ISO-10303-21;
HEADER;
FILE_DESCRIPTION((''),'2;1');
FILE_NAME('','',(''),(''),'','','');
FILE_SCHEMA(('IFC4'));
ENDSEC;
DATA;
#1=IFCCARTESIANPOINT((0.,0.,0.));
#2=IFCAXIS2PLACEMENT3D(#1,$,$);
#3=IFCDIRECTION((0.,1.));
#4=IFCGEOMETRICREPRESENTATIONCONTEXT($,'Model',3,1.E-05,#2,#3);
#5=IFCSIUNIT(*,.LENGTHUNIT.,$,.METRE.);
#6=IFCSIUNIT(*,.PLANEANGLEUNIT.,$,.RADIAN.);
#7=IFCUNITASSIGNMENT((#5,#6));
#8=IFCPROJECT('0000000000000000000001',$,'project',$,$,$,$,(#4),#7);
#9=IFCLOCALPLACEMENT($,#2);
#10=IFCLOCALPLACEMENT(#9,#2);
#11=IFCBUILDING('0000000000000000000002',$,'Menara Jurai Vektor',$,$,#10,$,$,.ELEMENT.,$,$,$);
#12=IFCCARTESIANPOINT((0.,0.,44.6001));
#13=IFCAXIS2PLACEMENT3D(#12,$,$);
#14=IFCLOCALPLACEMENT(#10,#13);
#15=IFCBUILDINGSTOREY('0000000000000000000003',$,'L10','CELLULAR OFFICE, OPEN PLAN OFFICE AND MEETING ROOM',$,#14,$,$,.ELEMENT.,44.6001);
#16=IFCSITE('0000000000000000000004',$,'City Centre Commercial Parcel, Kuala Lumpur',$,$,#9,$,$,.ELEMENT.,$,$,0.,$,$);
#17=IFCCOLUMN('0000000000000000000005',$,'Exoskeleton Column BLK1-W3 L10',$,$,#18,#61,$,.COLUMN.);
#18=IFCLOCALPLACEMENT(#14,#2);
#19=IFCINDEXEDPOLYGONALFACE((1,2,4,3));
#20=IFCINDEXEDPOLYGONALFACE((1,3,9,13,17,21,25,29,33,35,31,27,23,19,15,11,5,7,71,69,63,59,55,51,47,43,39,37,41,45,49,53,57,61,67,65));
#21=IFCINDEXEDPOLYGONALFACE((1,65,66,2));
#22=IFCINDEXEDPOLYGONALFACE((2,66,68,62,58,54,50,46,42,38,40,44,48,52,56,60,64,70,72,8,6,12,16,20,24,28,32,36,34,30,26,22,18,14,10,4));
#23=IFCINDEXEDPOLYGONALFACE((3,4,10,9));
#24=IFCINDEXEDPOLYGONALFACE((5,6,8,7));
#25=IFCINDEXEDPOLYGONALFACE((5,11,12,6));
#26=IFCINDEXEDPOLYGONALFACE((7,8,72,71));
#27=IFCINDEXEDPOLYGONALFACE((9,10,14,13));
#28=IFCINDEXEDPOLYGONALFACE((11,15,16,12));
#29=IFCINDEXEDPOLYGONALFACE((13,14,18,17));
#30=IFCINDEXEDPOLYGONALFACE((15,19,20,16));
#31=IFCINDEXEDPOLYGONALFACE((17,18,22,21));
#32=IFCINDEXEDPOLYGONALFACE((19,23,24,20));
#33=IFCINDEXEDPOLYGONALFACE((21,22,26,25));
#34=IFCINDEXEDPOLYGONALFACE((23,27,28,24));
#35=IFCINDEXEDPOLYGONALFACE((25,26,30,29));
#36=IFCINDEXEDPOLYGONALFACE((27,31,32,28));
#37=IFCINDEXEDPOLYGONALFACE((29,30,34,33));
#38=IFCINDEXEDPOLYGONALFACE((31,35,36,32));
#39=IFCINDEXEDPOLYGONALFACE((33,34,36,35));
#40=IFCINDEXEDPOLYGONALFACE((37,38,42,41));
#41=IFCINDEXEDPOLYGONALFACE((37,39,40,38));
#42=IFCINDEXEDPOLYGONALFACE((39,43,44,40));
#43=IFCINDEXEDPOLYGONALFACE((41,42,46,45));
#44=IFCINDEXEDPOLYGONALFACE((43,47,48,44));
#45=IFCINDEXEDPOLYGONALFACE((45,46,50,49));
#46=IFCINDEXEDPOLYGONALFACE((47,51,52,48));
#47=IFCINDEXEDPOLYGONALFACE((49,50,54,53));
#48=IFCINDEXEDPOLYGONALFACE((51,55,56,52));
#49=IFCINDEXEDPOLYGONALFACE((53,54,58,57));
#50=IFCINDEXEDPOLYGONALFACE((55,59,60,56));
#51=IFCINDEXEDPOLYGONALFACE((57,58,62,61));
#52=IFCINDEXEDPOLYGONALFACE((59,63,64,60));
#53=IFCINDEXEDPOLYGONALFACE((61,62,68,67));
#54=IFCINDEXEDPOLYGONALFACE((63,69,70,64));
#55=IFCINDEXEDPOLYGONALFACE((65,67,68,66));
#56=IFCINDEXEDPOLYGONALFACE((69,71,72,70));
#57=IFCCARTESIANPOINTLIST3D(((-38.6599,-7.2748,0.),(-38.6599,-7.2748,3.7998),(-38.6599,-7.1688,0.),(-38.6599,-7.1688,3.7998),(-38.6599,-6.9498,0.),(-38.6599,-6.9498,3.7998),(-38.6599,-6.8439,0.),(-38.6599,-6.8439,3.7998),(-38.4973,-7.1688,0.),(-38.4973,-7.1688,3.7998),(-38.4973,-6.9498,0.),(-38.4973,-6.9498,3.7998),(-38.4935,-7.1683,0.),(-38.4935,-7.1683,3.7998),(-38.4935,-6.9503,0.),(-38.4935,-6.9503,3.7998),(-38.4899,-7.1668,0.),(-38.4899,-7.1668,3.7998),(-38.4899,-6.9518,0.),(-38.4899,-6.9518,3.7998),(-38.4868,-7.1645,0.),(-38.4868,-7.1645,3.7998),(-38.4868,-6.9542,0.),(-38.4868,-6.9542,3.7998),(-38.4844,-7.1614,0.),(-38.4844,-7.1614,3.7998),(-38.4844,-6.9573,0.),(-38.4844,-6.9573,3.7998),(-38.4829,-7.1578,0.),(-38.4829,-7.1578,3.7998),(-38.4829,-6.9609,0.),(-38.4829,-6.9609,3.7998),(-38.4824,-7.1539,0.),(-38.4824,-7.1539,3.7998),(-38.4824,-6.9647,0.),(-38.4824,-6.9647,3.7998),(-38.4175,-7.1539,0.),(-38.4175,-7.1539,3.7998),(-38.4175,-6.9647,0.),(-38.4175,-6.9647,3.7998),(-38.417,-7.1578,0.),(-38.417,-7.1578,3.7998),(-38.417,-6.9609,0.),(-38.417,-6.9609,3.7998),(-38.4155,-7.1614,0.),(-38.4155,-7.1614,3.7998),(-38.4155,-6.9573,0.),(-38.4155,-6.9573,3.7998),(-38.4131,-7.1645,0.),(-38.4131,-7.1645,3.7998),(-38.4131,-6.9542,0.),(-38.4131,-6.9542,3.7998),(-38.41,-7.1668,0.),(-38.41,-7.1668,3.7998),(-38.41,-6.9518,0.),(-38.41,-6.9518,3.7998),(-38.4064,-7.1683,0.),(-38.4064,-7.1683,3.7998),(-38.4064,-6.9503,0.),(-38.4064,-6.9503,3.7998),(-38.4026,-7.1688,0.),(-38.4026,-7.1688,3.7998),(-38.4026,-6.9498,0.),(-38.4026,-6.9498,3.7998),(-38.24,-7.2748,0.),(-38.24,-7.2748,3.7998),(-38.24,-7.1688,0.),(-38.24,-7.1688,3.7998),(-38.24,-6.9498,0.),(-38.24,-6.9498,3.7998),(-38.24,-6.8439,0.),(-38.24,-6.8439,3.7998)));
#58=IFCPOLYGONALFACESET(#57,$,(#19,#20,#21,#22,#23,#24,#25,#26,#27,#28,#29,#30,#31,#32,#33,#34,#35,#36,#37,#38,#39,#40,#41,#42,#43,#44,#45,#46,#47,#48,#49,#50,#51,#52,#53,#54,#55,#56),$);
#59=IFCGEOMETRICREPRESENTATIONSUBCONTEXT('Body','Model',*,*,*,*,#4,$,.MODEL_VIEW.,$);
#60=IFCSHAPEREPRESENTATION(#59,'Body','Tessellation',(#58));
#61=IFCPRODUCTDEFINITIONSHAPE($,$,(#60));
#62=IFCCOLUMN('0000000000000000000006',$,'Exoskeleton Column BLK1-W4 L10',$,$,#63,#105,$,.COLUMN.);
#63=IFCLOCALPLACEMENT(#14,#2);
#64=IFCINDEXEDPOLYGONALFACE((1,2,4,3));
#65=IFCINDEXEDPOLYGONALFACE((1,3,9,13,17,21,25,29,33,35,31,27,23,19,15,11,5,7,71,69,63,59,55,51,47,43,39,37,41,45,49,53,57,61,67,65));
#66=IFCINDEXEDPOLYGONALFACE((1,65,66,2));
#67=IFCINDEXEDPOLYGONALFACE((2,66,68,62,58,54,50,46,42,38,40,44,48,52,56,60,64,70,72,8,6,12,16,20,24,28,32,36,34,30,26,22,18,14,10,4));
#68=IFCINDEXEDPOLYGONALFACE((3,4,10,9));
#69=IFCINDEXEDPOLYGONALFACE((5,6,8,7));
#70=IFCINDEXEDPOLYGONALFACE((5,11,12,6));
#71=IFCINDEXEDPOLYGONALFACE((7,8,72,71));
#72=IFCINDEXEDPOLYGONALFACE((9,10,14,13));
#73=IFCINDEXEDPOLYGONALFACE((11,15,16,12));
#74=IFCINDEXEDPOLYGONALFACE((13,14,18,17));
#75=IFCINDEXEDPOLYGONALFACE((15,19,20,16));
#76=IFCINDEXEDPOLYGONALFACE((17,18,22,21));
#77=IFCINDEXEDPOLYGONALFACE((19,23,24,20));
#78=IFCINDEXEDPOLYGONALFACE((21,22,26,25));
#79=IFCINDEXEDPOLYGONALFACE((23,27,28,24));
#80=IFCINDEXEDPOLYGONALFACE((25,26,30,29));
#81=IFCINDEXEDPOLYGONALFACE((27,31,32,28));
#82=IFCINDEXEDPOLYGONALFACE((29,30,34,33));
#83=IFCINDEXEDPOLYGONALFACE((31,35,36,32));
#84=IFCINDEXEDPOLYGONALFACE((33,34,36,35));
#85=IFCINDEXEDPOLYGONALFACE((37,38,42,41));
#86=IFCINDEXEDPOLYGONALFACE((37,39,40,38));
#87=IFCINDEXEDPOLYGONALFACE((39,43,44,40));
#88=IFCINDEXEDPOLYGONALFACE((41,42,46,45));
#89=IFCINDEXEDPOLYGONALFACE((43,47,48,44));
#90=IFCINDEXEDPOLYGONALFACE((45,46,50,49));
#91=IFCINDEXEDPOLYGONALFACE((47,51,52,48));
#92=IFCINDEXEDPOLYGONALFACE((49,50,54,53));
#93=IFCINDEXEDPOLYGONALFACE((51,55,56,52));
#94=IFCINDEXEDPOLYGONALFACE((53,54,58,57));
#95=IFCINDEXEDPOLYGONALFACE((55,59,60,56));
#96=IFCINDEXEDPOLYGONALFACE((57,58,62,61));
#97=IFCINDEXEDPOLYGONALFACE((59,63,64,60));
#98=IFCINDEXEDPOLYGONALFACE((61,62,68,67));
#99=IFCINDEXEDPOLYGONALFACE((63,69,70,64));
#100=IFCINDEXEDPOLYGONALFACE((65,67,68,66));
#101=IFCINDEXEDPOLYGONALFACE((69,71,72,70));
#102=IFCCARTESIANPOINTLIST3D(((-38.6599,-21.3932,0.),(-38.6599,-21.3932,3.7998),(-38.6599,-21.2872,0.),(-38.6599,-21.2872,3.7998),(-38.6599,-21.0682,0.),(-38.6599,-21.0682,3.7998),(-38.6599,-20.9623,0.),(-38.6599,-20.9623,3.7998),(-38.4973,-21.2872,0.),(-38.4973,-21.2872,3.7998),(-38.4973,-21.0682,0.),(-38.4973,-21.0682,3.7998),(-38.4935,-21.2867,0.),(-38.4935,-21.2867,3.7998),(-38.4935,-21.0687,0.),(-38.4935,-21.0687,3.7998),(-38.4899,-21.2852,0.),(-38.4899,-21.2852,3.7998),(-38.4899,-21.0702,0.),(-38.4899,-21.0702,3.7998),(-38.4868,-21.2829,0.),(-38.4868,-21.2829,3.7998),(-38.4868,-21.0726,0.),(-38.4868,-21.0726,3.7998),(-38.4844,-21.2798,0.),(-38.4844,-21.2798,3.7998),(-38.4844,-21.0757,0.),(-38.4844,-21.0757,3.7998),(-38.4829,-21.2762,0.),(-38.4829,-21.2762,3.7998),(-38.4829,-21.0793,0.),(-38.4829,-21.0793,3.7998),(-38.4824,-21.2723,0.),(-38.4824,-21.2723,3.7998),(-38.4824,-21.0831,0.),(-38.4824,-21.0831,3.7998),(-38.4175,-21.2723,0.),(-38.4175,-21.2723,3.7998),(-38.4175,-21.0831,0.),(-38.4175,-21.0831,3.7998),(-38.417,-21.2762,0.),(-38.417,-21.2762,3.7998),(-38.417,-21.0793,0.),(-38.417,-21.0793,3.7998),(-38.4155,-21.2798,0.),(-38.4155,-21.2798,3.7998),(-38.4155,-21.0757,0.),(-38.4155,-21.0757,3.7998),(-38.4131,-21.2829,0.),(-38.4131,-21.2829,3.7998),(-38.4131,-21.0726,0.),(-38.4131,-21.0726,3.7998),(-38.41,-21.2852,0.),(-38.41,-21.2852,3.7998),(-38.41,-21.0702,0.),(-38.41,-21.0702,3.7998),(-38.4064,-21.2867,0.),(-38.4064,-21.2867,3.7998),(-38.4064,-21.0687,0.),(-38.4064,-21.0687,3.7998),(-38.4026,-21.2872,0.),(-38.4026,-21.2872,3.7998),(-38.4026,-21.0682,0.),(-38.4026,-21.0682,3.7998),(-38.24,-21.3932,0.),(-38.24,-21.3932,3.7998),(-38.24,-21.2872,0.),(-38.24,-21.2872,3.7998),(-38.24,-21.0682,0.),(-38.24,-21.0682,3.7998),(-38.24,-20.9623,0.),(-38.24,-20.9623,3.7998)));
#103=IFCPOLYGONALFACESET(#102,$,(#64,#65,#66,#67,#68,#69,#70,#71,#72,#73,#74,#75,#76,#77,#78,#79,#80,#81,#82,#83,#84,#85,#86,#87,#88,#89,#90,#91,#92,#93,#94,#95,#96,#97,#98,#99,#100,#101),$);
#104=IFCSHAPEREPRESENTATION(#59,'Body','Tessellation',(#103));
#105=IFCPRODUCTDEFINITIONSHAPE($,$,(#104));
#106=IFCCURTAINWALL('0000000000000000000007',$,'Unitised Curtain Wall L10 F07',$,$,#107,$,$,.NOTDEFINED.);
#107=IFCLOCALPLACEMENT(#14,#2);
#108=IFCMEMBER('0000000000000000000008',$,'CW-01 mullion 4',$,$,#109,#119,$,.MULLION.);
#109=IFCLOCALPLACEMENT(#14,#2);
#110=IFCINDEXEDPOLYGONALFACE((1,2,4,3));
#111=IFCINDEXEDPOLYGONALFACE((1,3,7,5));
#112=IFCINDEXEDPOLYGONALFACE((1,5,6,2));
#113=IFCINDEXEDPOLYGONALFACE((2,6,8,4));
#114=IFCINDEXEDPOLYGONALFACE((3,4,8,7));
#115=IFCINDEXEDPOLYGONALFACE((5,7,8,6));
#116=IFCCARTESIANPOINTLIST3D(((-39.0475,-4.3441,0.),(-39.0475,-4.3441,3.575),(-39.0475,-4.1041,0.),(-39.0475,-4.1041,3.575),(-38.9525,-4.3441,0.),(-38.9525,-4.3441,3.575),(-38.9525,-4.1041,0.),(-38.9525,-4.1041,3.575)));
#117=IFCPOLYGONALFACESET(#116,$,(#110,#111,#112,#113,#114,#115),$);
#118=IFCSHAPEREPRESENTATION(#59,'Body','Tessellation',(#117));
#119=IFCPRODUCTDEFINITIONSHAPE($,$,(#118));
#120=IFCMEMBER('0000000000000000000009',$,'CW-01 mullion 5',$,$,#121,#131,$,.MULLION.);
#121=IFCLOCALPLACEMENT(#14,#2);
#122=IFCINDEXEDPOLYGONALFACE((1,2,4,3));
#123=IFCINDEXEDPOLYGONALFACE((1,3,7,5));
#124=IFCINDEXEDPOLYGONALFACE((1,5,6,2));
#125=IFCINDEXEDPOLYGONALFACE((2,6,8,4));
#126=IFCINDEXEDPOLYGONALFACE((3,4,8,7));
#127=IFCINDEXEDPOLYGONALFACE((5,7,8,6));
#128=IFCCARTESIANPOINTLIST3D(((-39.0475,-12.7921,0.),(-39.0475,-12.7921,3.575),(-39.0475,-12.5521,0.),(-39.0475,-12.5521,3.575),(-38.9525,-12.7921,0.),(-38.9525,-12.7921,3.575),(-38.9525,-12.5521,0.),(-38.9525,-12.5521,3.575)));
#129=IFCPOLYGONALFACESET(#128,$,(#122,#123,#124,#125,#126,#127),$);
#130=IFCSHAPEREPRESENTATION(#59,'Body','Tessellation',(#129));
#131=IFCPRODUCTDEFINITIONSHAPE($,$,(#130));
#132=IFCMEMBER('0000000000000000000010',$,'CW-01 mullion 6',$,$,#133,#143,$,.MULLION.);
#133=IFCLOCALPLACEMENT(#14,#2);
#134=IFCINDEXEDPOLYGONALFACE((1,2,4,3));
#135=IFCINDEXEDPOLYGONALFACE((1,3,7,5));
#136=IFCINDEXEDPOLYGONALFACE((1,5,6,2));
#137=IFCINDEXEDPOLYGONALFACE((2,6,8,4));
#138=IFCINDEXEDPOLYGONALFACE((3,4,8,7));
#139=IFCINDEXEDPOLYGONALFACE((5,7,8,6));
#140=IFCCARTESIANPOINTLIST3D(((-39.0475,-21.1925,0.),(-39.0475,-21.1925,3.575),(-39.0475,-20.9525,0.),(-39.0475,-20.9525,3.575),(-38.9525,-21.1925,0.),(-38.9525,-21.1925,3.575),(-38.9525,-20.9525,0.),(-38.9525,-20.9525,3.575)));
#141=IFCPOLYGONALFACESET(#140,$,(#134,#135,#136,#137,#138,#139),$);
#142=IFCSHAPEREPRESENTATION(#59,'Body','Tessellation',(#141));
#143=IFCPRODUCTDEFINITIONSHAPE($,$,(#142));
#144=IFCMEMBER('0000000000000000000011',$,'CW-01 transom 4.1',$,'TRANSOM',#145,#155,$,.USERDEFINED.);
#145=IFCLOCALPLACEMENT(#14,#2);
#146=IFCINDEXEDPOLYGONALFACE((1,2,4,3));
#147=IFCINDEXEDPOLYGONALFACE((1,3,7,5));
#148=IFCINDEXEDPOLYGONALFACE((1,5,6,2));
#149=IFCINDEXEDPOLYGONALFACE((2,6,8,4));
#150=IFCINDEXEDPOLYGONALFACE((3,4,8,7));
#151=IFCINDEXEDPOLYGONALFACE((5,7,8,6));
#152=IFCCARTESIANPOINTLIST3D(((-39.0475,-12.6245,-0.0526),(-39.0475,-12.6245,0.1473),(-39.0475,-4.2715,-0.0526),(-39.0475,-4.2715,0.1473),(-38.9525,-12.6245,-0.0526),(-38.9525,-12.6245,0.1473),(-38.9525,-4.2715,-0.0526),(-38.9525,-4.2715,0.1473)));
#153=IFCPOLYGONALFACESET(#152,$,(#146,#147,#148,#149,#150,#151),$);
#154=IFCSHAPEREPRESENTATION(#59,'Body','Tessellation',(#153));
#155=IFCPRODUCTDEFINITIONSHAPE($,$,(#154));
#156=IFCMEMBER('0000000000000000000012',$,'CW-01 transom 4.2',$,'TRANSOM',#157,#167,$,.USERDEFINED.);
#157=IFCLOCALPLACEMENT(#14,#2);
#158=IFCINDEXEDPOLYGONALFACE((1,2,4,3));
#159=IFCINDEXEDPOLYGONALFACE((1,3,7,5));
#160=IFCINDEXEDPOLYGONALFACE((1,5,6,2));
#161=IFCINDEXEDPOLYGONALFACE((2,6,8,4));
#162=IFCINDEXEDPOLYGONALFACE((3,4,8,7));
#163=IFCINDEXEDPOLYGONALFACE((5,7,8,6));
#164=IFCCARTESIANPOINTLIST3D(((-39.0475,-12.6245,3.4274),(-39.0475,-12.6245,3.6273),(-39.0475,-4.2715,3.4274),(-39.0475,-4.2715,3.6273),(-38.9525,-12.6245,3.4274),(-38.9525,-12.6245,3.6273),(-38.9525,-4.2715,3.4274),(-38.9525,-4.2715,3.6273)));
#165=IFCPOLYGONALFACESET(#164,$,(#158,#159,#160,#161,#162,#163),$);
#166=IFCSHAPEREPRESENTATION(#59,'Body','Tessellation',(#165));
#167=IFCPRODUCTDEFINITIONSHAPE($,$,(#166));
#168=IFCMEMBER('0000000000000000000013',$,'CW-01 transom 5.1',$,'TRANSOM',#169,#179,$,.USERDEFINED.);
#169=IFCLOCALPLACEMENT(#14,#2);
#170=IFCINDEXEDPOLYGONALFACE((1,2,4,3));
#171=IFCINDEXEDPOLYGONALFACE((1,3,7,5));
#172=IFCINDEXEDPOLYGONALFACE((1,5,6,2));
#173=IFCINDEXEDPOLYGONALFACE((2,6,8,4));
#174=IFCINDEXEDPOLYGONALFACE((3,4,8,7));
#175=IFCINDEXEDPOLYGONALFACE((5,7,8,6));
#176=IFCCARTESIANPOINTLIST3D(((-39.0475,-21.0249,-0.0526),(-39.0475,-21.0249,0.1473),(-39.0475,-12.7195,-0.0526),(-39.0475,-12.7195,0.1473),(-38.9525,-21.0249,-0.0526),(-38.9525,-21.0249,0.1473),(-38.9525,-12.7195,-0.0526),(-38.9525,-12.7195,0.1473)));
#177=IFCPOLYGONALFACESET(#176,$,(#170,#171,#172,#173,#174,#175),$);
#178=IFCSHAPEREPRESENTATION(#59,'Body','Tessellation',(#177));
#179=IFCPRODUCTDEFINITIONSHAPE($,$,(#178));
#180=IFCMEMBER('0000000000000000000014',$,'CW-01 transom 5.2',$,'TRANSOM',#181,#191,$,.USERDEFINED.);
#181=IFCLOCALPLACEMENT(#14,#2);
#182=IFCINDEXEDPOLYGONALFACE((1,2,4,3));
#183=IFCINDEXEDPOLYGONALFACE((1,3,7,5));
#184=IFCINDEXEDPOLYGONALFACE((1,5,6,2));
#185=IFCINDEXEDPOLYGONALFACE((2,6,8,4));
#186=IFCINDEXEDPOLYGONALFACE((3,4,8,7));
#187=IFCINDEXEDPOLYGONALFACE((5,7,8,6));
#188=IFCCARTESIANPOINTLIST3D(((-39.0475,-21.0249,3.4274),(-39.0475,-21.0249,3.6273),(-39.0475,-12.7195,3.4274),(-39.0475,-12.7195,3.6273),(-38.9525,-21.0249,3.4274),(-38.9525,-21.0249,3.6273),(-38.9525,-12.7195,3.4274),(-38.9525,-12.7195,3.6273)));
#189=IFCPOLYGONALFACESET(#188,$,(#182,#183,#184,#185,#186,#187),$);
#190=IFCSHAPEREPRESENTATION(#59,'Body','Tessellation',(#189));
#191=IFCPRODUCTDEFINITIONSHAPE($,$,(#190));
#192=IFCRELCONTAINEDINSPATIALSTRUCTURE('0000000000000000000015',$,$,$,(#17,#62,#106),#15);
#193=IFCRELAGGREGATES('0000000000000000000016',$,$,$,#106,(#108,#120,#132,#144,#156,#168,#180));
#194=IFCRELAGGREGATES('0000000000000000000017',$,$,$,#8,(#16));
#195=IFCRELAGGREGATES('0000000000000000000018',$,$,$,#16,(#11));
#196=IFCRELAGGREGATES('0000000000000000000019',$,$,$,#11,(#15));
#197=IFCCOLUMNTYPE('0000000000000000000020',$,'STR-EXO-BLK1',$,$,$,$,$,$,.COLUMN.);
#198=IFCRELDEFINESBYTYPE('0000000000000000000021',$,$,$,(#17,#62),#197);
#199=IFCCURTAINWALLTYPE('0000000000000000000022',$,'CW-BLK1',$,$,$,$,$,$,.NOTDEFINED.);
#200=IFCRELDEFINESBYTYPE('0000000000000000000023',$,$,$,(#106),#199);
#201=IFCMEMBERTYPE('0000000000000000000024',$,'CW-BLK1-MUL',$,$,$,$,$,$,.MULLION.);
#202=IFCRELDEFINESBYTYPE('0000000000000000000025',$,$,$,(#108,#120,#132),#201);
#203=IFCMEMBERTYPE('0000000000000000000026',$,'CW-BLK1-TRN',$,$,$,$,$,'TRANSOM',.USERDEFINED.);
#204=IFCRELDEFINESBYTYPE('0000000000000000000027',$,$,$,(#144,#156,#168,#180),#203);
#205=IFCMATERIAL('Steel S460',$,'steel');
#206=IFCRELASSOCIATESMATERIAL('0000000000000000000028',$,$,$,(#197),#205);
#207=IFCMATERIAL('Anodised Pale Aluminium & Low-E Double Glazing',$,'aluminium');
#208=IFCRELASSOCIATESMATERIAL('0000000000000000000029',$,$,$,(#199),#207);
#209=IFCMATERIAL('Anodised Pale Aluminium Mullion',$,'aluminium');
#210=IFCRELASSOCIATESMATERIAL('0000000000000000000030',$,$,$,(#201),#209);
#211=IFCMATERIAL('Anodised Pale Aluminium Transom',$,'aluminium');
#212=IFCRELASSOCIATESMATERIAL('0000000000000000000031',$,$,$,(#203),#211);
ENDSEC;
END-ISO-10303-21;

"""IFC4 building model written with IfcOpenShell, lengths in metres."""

from ifc_helpers import new_model, si_unit, direction, frame, origin, origin_2d, place, context, subcontext, project, spatial, rectangle, i_section, extrude, material, material_profile, profile_set, type_object, element, aggregate, save


model = new_model("IFC4")

# Units and contexts
model_context = context("Model", 3, precision=1e-05, world=origin(), true_north=direction((0.0, 1.0)))
body_context = subcontext(model_context, "Body", "Model", "MODEL_VIEW")
ifc_project = project(units=[si_unit("LENGTHUNIT", "METRE"), si_unit("PLANEANGLEUNIT", "RADIAN")], contexts=[model_context])

# Site, building, storey
site_placement = place(None, origin())
site = spatial("IfcSite", under=ifc_project, at=site_placement, Name="City Centre Commercial Parcel, Kuala Lumpur", CompositionType="ELEMENT", RefElevation=0.0)
building_placement = place(site_placement, origin())
building = spatial("IfcBuilding", under=site, at=building_placement, Name="Menara Jurai Vektor", CompositionType="ELEMENT")
storey_placement = place(building_placement, frame((0.0, 0.0, 44.6001)))
storey = spatial("IfcBuildingStorey", under=building, at=storey_placement, Name="L10", Description="CELLULAR OFFICE, OPEN PLAN OFFICE AND MEETING ROOM", CompositionType="ELEMENT", Elevation=44.6001)

# Columns
ifc_material_1 = material(Name="Steel S460", Category="steel")
ifc_material_profile_1 = material_profile(ifc_material_1, i_section(OverallWidth=0.4199, OverallDepth=0.4309, WebThickness=0.0649, FlangeThickness=0.106, FilletRadius=0.0149, at=origin_2d()), Name="HD 400x900")
ifc_profile_set_1 = profile_set([ifc_material_profile_1], Name="Steel S460")
column_type = type_object("IfcColumnType", Name="STR-EXO-BLK1", PredefinedType="COLUMN", material=ifc_profile_set_1)
for number, where, z_axis, x_axis, name in (
    (1, (-38.45, -7.0593, 0.0), (0.0, 0.0, 1.0), (1.0, 0.0, 0.0), "Exoskeleton Column BLK1-W3 L10"),
    (2, (-38.45, -21.1777, 0.0), (0.0, 0.0, 1.0), (1.0, 0.0, 0.0), "Exoskeleton Column BLK1-W4 L10"),
):
    element("IfcColumn", number, at=place(storey_placement, frame(where, z_axis=z_axis, x_axis=x_axis)), inside=storey, type_object=column_type, Name=name, PredefinedType="COLUMN", context=body_context, shape_type="SweptSolid", body=[
        extrude(i_section(OverallWidth=0.4199, OverallDepth=0.4309, WebThickness=0.0649, FlangeThickness=0.106, FilletRadius=0.0149, at=origin_2d()), origin(), (0.0, 0.0, 1.0), 3.7998),
    ])

# Curtain wall, members
ifc_material_2 = material(Name="Anodised Pale Aluminium & Low-E Double Glazing", Category="aluminium")
curtain_wall_type = type_object("IfcCurtainWallType", Name="CW-BLK1", PredefinedType="NOTDEFINED", material=ifc_material_2)
curtain_wall_placement = place(storey_placement, origin())
curtain_wall = element("IfcCurtainWall", 3, at=curtain_wall_placement, inside=storey, type_object=curtain_wall_type, Name="Unitised Curtain Wall L10 F07", PredefinedType="NOTDEFINED")
ifc_material_3 = material(Name="Anodised Pale Aluminium Mullion", Category="aluminium")
ifc_material_profile_2 = material_profile(ifc_material_3, rectangle(XDim=0.095, YDim=0.24, at=origin_2d()), Name="ALU MUL 95x240")
ifc_profile_set_2 = profile_set([ifc_material_profile_2], Name="Anodised Pale Aluminium Mullion")
member_type_1 = type_object("IfcMemberType", Name="CW-BLK1-MUL", PredefinedType="MULLION", material=ifc_profile_set_2)
member_1_placement = place(storey_placement, frame((-39.0, -4.2241, 0.0), z_axis=(0.0, 0.0, 1.0), x_axis=(1.0, 0.0, 0.0)))
member_1 = element("IfcMember", 4, at=member_1_placement, type_object=member_type_1, Name="CW-01 mullion 4", PredefinedType="MULLION", context=body_context, shape_type="SweptSolid", body=[
    extrude(rectangle(XDim=0.095, YDim=0.24, at=origin_2d()), origin(), (0.0, 0.0, 1.0), 3.575),
])
member_2_placement = place(storey_placement, frame((-39.0, -12.6721, 0.0), z_axis=(0.0, 0.0, 1.0), x_axis=(1.0, 0.0, 0.0)))
member_2 = element("IfcMember", 5, at=member_2_placement, type_object=member_type_1, Name="CW-01 mullion 5", PredefinedType="MULLION", context=body_context, shape_type="SweptSolid", body=[
    extrude(rectangle(XDim=0.095, YDim=0.24, at=origin_2d()), origin(), (0.0, 0.0, 1.0), 3.575),
])
member_3_placement = place(storey_placement, frame((-39.0, -21.0725, 0.0), z_axis=(0.0, 0.0, 1.0), x_axis=(1.0, 0.0, 0.0)))
member_3 = element("IfcMember", 6, at=member_3_placement, type_object=member_type_1, Name="CW-01 mullion 6", PredefinedType="MULLION", context=body_context, shape_type="SweptSolid", body=[
    extrude(rectangle(XDim=0.095, YDim=0.24, at=origin_2d()), origin(), (0.0, 0.0, 1.0), 3.575),
])
ifc_material_4 = material(Name="Anodised Pale Aluminium Transom", Category="aluminium")
ifc_material_profile_3 = material_profile(ifc_material_4, rectangle(XDim=0.095, YDim=0.2, at=origin_2d()), Name="ALU TRN 95x200")
ifc_profile_set_3 = profile_set([ifc_material_profile_3], Name="Anodised Pale Aluminium Transom")
member_type_2 = type_object("IfcMemberType", Name="CW-BLK1-TRN", ElementType="TRANSOM", PredefinedType="USERDEFINED", material=ifc_profile_set_3)
member_4_placement = place(storey_placement, frame((-39.0, -4.2715, 0.0474), z_axis=(0.0, -1.0, 0.0), x_axis=(1.0, 0.0, 0.0)))
member_4 = element("IfcMember", 7, at=member_4_placement, type_object=member_type_2, Name="CW-01 transom 4.1", ObjectType="TRANSOM", PredefinedType="USERDEFINED", context=body_context, shape_type="SweptSolid", body=[
    extrude(rectangle(XDim=0.095, YDim=0.2, at=origin_2d()), origin(), (0.0, 0.0, 1.0), 8.353),
])
member_5_placement = place(storey_placement, frame((-39.0, -4.2715, 3.5273), z_axis=(0.0, -1.0, 0.0), x_axis=(1.0, 0.0, 0.0)))
member_5 = element("IfcMember", 8, at=member_5_placement, type_object=member_type_2, Name="CW-01 transom 4.2", ObjectType="TRANSOM", PredefinedType="USERDEFINED", context=body_context, shape_type="SweptSolid", body=[
    extrude(rectangle(XDim=0.095, YDim=0.2, at=origin_2d()), origin(), (0.0, 0.0, 1.0), 8.353),
])
member_6_placement = place(storey_placement, frame((-39.0, -12.7195, 0.0474), z_axis=(0.0, -1.0, 0.0), x_axis=(1.0, 0.0, 0.0)))
member_6 = element("IfcMember", 9, at=member_6_placement, type_object=member_type_2, Name="CW-01 transom 5.1", ObjectType="TRANSOM", PredefinedType="USERDEFINED", context=body_context, shape_type="SweptSolid", body=[
    extrude(rectangle(XDim=0.095, YDim=0.2, at=origin_2d()), origin(), (0.0, 0.0, 1.0), 8.3054),
])
member_7_placement = place(storey_placement, frame((-39.0, -12.7195, 3.5273), z_axis=(0.0, -1.0, 0.0), x_axis=(1.0, 0.0, 0.0)))
member_7 = element("IfcMember", 10, at=member_7_placement, type_object=member_type_2, Name="CW-01 transom 5.2", ObjectType="TRANSOM", PredefinedType="USERDEFINED", context=body_context, shape_type="SweptSolid", body=[
    extrude(rectangle(XDim=0.095, YDim=0.2, at=origin_2d()), origin(), (0.0, 0.0, 1.0), 8.3054),
])

aggregate(curtain_wall, [member_1, member_2, member_3, member_4, member_5, member_6, member_7])

save(model, "model.ifc")
